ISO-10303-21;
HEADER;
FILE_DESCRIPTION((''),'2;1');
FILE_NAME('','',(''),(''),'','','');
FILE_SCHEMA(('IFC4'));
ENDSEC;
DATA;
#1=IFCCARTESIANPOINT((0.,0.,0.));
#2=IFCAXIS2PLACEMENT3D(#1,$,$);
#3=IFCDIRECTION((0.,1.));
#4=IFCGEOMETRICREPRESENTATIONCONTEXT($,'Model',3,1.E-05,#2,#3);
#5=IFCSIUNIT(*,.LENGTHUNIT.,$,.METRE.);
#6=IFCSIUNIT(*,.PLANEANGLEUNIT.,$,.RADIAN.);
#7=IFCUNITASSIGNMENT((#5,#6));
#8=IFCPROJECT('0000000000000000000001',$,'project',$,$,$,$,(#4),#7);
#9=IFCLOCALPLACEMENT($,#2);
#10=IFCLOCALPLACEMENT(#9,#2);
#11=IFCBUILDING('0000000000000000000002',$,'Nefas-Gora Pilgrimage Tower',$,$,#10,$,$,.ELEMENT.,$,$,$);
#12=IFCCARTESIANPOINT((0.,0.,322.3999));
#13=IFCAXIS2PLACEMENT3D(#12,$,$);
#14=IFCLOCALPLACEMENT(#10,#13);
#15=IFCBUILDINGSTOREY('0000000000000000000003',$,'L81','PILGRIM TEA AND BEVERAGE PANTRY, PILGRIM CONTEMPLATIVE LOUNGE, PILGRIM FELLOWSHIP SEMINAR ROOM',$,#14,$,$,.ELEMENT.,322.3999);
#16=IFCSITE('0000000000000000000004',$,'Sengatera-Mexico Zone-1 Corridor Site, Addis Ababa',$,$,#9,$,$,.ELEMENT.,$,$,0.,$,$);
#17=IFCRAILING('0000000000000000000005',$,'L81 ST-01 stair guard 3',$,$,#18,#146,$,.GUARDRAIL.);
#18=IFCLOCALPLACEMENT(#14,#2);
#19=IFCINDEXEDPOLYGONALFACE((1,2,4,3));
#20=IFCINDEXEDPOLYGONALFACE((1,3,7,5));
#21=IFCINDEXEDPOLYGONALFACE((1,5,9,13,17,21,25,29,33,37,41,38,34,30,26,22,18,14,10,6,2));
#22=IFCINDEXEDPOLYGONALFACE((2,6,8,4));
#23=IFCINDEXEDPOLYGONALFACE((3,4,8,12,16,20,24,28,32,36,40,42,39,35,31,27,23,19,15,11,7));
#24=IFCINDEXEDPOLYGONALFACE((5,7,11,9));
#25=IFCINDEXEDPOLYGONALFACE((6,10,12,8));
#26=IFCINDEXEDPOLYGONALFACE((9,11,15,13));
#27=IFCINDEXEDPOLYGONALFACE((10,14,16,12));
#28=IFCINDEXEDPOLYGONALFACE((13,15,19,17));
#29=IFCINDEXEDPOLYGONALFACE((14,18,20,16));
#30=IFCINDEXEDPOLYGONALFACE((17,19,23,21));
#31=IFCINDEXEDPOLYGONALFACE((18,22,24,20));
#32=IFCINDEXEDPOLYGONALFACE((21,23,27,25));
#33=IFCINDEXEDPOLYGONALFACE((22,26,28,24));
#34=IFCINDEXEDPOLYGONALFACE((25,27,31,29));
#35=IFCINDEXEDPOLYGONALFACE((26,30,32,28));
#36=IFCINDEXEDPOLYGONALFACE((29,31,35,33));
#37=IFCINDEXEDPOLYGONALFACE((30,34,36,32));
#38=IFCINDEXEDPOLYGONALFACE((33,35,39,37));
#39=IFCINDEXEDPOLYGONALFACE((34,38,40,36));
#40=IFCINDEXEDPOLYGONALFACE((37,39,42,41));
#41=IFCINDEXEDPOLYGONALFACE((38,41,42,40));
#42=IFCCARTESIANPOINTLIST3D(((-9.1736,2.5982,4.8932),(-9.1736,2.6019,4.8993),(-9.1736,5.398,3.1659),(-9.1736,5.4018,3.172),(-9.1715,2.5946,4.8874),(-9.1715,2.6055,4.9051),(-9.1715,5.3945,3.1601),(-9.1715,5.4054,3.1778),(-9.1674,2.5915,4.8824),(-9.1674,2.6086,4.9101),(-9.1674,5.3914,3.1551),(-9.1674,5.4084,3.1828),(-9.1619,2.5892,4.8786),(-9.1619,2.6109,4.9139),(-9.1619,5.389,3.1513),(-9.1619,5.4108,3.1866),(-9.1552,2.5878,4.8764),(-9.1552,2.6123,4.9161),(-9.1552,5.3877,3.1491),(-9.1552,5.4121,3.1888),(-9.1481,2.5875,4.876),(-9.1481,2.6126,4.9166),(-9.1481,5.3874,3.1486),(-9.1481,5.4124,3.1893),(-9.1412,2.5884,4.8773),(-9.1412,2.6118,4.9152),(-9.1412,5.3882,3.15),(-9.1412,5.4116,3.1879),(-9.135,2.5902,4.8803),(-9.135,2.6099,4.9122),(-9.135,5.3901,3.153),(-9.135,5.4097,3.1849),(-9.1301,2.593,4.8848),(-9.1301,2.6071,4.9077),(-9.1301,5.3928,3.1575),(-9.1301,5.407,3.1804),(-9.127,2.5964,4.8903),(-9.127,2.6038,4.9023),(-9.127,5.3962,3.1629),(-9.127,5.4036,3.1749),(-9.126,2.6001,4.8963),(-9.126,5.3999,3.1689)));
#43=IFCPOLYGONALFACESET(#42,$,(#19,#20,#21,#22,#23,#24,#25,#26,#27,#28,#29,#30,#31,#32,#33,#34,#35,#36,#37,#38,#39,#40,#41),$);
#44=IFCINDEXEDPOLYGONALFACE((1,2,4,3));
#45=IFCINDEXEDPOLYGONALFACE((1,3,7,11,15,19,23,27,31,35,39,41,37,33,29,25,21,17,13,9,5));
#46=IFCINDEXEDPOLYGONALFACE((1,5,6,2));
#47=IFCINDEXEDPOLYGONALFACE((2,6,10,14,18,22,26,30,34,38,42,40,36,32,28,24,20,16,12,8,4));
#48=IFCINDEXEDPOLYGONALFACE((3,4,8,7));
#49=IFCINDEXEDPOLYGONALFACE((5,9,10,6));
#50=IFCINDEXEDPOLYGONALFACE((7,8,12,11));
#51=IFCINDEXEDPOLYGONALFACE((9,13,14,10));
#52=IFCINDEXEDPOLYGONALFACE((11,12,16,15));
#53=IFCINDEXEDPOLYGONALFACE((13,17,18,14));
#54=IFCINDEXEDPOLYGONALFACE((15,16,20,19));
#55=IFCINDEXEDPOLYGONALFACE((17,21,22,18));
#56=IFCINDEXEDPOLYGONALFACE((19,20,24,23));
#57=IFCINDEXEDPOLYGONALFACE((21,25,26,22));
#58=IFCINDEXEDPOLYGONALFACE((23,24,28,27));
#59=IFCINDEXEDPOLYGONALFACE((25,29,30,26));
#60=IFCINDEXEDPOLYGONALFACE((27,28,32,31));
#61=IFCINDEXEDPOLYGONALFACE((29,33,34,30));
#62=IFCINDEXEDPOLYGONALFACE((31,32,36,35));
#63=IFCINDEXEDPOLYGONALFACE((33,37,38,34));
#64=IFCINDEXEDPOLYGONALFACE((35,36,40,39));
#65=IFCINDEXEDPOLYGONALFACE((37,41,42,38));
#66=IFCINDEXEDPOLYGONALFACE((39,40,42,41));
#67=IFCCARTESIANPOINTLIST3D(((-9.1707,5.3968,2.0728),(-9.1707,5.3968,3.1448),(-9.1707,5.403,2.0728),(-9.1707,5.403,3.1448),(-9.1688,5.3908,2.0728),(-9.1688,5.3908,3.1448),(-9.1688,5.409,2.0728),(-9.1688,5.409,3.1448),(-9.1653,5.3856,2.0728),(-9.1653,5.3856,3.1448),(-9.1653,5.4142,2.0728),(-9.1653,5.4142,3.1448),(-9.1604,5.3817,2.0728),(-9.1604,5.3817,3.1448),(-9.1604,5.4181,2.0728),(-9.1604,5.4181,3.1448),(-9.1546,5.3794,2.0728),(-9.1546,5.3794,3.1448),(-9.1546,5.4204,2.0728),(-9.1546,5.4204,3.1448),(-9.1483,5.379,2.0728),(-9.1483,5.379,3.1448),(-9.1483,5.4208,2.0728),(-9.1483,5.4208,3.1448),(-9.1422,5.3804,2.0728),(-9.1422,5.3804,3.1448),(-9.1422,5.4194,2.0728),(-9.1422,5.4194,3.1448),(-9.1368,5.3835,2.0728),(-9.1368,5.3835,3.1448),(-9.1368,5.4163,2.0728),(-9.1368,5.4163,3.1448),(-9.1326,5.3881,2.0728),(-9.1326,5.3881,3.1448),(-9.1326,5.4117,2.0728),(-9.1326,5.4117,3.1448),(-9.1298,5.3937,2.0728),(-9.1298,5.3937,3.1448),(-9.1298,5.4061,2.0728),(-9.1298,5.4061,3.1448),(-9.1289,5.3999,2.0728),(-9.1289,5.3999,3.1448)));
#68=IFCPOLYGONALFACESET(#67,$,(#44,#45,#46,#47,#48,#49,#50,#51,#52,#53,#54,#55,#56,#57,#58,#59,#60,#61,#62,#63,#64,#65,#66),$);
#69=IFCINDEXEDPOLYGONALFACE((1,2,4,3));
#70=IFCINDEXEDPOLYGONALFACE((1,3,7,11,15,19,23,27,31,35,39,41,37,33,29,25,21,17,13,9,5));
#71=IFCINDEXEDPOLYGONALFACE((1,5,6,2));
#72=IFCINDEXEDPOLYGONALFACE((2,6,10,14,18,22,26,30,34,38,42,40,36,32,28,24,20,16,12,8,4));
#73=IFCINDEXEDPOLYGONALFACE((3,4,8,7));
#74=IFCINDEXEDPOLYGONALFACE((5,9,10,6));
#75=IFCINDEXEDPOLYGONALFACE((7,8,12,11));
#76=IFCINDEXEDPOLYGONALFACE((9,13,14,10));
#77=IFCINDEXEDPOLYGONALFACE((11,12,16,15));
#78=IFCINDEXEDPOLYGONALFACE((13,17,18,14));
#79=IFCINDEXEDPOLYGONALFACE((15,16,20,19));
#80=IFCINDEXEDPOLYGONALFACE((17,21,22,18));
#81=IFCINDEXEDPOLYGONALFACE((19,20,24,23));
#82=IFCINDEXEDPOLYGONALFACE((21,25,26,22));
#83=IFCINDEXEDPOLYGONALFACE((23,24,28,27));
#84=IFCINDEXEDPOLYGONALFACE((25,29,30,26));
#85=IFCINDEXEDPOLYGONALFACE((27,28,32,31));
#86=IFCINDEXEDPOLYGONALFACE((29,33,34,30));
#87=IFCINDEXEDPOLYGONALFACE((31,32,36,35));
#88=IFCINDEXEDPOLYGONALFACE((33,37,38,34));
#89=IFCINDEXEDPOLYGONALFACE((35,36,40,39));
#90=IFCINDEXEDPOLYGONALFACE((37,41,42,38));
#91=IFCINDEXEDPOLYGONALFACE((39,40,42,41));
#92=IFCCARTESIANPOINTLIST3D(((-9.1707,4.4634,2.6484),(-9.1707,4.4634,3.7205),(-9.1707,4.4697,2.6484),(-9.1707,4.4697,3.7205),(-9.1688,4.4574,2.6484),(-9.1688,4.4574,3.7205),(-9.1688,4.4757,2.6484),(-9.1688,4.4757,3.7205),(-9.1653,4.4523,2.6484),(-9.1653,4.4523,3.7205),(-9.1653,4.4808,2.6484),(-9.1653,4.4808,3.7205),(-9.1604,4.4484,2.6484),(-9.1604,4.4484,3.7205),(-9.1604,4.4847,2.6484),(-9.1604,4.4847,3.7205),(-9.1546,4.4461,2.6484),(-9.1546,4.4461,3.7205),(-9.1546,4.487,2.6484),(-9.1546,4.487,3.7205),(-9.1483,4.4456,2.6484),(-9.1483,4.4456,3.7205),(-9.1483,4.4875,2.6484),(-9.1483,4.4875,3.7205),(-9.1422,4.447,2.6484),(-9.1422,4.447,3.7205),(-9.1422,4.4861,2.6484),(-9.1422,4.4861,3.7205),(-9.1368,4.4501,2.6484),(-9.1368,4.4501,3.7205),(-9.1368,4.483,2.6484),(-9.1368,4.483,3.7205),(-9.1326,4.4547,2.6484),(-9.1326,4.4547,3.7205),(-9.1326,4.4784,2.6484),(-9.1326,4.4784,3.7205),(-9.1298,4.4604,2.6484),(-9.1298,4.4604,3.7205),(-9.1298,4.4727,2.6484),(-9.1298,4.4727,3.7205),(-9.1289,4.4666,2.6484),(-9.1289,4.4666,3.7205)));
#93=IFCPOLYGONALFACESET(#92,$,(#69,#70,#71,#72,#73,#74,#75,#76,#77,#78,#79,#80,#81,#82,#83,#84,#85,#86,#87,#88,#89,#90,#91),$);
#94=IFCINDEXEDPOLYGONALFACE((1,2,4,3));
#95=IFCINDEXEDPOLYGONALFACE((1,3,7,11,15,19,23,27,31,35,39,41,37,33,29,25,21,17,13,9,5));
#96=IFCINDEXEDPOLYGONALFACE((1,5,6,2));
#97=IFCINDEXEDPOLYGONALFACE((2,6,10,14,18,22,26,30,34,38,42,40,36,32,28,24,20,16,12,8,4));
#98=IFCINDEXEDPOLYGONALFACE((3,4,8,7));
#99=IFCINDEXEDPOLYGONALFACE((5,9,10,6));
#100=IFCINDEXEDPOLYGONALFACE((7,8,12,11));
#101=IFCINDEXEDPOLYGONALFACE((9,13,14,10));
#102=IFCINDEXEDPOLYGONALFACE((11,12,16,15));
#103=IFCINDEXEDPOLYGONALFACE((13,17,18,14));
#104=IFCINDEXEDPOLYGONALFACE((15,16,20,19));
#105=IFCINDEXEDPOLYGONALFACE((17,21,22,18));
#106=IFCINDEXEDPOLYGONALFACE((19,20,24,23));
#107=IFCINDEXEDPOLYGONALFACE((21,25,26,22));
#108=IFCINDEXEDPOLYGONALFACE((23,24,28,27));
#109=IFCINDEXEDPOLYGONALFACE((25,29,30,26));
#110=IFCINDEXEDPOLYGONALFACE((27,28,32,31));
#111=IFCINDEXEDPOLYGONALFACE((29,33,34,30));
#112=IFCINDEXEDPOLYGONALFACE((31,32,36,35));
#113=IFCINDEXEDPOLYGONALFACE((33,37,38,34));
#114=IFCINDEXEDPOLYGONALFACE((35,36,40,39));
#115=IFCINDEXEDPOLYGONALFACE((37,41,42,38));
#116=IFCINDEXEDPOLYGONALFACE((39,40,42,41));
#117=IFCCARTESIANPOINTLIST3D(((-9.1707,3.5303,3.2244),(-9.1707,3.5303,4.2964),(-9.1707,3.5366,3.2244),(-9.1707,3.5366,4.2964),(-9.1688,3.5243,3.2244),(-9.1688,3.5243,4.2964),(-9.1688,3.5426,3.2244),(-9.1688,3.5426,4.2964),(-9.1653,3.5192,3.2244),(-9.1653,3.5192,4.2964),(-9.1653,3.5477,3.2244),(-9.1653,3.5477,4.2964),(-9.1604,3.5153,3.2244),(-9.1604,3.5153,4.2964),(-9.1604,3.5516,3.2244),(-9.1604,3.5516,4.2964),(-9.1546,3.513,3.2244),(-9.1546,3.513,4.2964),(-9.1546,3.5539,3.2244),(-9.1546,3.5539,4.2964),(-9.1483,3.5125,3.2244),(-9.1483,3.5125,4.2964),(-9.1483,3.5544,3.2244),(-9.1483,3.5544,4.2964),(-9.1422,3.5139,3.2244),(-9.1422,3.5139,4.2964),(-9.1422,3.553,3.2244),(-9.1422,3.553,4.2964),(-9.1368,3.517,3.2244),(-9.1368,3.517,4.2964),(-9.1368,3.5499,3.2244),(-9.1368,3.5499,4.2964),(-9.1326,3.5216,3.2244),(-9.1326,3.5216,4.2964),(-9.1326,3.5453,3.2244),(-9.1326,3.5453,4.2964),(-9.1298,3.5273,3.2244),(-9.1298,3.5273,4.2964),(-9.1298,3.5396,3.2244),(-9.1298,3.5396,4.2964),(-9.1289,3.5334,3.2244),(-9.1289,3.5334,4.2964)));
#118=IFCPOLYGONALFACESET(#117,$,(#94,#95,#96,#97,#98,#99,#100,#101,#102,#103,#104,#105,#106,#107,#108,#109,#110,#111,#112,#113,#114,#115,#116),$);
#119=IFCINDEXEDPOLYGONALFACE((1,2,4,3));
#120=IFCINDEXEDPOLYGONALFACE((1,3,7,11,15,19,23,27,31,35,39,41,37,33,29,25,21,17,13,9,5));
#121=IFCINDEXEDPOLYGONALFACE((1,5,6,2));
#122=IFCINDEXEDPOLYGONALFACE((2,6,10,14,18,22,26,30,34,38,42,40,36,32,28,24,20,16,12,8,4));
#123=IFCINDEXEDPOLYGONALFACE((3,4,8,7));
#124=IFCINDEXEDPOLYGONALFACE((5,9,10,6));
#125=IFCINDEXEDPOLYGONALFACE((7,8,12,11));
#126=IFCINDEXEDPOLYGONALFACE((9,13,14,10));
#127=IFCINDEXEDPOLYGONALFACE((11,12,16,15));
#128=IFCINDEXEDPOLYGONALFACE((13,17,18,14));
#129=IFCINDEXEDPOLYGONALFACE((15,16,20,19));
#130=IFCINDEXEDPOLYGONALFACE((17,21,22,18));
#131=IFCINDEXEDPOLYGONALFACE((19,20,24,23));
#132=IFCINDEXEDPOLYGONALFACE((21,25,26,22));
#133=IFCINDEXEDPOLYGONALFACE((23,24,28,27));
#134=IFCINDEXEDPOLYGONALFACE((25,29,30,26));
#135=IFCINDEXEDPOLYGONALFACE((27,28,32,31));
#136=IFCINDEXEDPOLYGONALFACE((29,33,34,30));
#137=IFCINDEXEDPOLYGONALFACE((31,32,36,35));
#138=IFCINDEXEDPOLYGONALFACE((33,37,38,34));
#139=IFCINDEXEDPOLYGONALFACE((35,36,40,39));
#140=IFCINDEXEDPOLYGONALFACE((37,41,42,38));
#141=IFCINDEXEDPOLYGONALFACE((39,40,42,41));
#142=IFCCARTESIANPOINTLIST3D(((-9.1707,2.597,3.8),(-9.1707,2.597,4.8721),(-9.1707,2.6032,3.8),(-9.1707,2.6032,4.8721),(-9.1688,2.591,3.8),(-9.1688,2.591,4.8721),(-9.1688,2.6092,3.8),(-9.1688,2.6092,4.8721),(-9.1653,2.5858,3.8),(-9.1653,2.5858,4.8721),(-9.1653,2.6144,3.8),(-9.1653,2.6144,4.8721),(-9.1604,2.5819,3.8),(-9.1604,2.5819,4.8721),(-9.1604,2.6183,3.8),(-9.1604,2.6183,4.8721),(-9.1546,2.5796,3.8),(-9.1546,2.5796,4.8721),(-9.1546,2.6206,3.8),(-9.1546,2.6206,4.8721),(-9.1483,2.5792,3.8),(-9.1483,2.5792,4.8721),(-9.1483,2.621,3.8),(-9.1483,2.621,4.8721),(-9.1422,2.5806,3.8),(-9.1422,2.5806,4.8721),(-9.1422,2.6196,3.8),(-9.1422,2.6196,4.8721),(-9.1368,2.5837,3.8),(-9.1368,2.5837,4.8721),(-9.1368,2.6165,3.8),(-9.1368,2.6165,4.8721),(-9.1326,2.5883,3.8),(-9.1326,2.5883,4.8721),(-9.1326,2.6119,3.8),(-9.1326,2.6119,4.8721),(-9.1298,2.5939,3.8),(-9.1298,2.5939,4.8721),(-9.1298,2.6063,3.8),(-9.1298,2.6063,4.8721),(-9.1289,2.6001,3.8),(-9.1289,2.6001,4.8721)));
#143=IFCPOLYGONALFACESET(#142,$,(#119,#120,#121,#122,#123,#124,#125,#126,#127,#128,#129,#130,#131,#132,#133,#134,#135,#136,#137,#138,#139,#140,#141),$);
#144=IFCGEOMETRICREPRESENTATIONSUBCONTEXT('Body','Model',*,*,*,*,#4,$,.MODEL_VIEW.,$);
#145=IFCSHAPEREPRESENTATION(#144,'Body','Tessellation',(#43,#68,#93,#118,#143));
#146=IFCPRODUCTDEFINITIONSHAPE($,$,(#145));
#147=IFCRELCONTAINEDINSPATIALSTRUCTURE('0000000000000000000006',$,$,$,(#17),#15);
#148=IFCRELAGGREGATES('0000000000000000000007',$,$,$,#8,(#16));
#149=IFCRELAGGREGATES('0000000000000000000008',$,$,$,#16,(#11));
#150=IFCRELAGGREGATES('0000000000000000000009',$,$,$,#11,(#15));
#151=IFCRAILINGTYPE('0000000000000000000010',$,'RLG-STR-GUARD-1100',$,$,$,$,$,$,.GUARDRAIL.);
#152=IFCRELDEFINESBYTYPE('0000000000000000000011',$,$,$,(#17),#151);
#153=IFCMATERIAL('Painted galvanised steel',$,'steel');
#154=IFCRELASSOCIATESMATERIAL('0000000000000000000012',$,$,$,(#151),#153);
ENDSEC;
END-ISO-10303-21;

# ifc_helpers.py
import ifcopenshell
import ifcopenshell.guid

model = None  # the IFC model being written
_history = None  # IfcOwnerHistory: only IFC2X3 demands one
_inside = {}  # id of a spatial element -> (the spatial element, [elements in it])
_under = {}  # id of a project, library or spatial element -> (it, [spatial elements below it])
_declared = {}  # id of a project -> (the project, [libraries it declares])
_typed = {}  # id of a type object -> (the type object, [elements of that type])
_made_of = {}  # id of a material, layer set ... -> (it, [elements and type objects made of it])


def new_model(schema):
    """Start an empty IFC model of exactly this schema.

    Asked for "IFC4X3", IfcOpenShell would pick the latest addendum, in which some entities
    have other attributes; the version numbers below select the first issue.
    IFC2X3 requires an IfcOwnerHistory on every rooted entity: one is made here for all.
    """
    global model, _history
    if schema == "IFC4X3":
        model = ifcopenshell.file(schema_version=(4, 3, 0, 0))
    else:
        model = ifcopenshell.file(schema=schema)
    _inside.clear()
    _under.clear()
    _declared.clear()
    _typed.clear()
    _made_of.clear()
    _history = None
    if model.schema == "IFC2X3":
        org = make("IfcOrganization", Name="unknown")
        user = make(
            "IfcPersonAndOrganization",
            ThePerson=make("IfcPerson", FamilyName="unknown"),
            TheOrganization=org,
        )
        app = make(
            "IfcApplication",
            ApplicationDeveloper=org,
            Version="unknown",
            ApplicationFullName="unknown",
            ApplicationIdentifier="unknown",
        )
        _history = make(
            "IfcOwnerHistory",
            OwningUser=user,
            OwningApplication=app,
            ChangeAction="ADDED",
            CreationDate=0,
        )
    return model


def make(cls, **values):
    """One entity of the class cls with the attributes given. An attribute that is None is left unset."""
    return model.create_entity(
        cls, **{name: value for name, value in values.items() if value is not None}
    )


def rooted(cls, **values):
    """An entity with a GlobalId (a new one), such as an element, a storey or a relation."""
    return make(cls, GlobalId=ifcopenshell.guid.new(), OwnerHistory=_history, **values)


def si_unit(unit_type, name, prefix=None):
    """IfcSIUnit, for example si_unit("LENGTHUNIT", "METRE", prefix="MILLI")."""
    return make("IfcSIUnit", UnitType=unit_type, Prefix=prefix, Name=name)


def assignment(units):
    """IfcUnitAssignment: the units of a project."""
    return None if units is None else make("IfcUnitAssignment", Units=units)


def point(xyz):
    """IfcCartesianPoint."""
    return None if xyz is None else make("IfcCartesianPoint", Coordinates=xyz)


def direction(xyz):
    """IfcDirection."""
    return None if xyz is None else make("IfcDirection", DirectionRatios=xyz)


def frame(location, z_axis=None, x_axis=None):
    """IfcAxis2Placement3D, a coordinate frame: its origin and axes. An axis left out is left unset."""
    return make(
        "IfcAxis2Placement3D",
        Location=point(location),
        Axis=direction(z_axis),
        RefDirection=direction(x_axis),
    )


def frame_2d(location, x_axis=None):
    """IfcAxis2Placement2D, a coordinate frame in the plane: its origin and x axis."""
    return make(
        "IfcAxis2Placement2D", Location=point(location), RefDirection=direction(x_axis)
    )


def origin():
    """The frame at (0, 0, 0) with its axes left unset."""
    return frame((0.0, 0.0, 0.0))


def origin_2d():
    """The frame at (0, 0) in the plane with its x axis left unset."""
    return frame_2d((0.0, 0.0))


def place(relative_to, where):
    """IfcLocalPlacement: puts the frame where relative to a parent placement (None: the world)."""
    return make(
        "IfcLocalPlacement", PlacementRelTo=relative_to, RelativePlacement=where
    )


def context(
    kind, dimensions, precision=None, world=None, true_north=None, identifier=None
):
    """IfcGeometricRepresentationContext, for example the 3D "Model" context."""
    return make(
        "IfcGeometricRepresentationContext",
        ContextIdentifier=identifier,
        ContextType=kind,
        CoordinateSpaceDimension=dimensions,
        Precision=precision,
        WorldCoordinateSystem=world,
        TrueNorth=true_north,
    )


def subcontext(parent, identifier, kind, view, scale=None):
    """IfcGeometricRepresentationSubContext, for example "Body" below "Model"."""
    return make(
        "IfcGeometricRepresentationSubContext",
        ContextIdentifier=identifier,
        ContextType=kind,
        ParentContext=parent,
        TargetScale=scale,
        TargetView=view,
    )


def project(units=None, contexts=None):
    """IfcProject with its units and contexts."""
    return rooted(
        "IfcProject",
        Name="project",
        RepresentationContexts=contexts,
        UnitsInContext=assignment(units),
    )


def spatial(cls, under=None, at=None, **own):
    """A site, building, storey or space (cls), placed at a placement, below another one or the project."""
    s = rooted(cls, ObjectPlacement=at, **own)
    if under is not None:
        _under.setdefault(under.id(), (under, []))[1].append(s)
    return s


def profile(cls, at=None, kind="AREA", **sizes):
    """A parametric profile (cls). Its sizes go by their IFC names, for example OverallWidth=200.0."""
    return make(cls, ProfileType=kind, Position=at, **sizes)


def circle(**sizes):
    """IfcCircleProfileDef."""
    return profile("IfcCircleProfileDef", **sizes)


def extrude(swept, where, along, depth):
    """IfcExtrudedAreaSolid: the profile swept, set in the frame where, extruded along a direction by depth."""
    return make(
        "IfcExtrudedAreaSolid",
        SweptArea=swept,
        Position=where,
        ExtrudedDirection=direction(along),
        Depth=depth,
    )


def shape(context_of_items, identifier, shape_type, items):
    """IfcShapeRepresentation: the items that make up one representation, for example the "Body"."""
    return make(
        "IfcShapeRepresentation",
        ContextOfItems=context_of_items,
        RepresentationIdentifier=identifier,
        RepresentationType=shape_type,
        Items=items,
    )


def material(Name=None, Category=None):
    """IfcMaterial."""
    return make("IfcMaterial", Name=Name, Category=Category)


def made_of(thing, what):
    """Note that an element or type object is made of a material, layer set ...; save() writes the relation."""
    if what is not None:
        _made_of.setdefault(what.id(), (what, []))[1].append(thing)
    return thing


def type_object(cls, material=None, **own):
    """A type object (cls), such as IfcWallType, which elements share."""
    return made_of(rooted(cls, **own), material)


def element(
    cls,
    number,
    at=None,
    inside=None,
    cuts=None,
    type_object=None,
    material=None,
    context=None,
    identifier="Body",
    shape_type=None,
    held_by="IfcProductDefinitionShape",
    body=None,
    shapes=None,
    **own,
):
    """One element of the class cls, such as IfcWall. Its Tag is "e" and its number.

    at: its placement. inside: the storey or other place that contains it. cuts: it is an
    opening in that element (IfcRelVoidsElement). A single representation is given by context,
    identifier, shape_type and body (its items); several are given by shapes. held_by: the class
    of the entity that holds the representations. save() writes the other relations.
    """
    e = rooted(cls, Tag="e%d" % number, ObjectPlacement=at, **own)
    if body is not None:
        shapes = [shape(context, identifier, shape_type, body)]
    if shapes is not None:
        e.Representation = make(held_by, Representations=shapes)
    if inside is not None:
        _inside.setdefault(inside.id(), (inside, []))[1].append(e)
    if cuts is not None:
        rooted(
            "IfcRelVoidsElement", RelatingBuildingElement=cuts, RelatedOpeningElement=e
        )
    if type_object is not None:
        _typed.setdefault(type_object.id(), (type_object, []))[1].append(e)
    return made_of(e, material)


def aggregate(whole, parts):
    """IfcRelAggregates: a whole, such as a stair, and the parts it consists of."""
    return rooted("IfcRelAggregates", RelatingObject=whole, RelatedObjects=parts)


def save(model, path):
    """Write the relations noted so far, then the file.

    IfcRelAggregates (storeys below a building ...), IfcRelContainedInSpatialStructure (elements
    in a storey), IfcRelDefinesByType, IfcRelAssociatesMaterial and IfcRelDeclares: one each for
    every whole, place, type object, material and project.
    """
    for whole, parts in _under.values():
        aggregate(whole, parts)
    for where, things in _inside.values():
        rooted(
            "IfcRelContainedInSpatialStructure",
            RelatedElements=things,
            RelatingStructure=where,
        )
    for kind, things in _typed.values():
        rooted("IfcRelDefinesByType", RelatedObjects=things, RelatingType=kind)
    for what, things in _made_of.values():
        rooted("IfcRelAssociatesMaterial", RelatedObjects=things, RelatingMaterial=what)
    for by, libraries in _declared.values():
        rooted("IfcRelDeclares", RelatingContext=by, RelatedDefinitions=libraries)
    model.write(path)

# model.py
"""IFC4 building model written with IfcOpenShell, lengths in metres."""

from ifc_helpers import new_model, si_unit, direction, frame, origin, origin_2d, place, context, subcontext, project, spatial, circle, extrude, material, type_object, element, save


model = new_model("IFC4")

# Units and contexts
model_context = context("Model", 3, precision=1e-05, world=origin(), true_north=direction((0.0, 1.0)))
body_context = subcontext(model_context, "Body", "Model", "MODEL_VIEW")
ifc_project = project(units=[si_unit("LENGTHUNIT", "METRE"), si_unit("PLANEANGLEUNIT", "RADIAN")], contexts=[model_context])

# Site, building, storey
site_placement = place(None, origin())
site = spatial("IfcSite", under=ifc_project, at=site_placement, Name="Sengatera-Mexico Zone-1 Corridor Site, Addis Ababa", CompositionType="ELEMENT", RefElevation=0.0)
building_placement = place(site_placement, origin())
building = spatial("IfcBuilding", under=site, at=building_placement, Name="Nefas-Gora Pilgrimage Tower", CompositionType="ELEMENT")
storey_placement = place(building_placement, frame((0.0, 0.0, 322.3999)))
storey = spatial("IfcBuildingStorey", under=building, at=storey_placement, Name="L81", Description="PILGRIM TEA AND BEVERAGE PANTRY, PILGRIM CONTEMPLATIVE LOUNGE, PILGRIM FELLOWSHIP SEMINAR ROOM", CompositionType="ELEMENT", Elevation=322.3999)

# Railing
ifc_material_1 = material(Name="Painted galvanised steel", Category="steel")
railing_type_1 = type_object("IfcRailingType", Name="RLG-STR-GUARD-1100", PredefinedType="GUARDRAIL", material=ifc_material_1)
railing_1_placement = place(storey_placement, frame((-9.1499, 5.3999, 2.0728)))
element("IfcRailing", 1, at=railing_1_placement, inside=storey, type_object=railing_type_1, Name="L81 ST-01 stair guard 3", PredefinedType="GUARDRAIL", context=body_context, shape_type="SweptSolid", body=[
    extrude(circle(Radius=0.0239, at=origin_2d()), frame((0.0, 0.0, 1.0962), z_axis=(0.0, -0.851069, 0.525054), x_axis=(1.0, 0.0, 0.0)), (0.0, 0.0, 1.0), 3.2898),
    extrude(circle(Radius=0.021, at=origin_2d()), origin(), (0.0, 0.0, 1.0), 1.072),
    extrude(circle(Radius=0.021, at=origin_2d()), frame((0.0, -0.9333, 0.5757)), (0.0, 0.0, 1.0), 1.072),
    extrude(circle(Radius=0.021, at=origin_2d()), frame((0.0, -1.8665, 1.1516)), (0.0, 0.0, 1.0), 1.072),
    extrude(circle(Radius=0.021, at=origin_2d()), frame((0.0, -2.7998, 1.7273)), (0.0, 0.0, 1.0), 1.072),
])

save(model, "model.ifc")
